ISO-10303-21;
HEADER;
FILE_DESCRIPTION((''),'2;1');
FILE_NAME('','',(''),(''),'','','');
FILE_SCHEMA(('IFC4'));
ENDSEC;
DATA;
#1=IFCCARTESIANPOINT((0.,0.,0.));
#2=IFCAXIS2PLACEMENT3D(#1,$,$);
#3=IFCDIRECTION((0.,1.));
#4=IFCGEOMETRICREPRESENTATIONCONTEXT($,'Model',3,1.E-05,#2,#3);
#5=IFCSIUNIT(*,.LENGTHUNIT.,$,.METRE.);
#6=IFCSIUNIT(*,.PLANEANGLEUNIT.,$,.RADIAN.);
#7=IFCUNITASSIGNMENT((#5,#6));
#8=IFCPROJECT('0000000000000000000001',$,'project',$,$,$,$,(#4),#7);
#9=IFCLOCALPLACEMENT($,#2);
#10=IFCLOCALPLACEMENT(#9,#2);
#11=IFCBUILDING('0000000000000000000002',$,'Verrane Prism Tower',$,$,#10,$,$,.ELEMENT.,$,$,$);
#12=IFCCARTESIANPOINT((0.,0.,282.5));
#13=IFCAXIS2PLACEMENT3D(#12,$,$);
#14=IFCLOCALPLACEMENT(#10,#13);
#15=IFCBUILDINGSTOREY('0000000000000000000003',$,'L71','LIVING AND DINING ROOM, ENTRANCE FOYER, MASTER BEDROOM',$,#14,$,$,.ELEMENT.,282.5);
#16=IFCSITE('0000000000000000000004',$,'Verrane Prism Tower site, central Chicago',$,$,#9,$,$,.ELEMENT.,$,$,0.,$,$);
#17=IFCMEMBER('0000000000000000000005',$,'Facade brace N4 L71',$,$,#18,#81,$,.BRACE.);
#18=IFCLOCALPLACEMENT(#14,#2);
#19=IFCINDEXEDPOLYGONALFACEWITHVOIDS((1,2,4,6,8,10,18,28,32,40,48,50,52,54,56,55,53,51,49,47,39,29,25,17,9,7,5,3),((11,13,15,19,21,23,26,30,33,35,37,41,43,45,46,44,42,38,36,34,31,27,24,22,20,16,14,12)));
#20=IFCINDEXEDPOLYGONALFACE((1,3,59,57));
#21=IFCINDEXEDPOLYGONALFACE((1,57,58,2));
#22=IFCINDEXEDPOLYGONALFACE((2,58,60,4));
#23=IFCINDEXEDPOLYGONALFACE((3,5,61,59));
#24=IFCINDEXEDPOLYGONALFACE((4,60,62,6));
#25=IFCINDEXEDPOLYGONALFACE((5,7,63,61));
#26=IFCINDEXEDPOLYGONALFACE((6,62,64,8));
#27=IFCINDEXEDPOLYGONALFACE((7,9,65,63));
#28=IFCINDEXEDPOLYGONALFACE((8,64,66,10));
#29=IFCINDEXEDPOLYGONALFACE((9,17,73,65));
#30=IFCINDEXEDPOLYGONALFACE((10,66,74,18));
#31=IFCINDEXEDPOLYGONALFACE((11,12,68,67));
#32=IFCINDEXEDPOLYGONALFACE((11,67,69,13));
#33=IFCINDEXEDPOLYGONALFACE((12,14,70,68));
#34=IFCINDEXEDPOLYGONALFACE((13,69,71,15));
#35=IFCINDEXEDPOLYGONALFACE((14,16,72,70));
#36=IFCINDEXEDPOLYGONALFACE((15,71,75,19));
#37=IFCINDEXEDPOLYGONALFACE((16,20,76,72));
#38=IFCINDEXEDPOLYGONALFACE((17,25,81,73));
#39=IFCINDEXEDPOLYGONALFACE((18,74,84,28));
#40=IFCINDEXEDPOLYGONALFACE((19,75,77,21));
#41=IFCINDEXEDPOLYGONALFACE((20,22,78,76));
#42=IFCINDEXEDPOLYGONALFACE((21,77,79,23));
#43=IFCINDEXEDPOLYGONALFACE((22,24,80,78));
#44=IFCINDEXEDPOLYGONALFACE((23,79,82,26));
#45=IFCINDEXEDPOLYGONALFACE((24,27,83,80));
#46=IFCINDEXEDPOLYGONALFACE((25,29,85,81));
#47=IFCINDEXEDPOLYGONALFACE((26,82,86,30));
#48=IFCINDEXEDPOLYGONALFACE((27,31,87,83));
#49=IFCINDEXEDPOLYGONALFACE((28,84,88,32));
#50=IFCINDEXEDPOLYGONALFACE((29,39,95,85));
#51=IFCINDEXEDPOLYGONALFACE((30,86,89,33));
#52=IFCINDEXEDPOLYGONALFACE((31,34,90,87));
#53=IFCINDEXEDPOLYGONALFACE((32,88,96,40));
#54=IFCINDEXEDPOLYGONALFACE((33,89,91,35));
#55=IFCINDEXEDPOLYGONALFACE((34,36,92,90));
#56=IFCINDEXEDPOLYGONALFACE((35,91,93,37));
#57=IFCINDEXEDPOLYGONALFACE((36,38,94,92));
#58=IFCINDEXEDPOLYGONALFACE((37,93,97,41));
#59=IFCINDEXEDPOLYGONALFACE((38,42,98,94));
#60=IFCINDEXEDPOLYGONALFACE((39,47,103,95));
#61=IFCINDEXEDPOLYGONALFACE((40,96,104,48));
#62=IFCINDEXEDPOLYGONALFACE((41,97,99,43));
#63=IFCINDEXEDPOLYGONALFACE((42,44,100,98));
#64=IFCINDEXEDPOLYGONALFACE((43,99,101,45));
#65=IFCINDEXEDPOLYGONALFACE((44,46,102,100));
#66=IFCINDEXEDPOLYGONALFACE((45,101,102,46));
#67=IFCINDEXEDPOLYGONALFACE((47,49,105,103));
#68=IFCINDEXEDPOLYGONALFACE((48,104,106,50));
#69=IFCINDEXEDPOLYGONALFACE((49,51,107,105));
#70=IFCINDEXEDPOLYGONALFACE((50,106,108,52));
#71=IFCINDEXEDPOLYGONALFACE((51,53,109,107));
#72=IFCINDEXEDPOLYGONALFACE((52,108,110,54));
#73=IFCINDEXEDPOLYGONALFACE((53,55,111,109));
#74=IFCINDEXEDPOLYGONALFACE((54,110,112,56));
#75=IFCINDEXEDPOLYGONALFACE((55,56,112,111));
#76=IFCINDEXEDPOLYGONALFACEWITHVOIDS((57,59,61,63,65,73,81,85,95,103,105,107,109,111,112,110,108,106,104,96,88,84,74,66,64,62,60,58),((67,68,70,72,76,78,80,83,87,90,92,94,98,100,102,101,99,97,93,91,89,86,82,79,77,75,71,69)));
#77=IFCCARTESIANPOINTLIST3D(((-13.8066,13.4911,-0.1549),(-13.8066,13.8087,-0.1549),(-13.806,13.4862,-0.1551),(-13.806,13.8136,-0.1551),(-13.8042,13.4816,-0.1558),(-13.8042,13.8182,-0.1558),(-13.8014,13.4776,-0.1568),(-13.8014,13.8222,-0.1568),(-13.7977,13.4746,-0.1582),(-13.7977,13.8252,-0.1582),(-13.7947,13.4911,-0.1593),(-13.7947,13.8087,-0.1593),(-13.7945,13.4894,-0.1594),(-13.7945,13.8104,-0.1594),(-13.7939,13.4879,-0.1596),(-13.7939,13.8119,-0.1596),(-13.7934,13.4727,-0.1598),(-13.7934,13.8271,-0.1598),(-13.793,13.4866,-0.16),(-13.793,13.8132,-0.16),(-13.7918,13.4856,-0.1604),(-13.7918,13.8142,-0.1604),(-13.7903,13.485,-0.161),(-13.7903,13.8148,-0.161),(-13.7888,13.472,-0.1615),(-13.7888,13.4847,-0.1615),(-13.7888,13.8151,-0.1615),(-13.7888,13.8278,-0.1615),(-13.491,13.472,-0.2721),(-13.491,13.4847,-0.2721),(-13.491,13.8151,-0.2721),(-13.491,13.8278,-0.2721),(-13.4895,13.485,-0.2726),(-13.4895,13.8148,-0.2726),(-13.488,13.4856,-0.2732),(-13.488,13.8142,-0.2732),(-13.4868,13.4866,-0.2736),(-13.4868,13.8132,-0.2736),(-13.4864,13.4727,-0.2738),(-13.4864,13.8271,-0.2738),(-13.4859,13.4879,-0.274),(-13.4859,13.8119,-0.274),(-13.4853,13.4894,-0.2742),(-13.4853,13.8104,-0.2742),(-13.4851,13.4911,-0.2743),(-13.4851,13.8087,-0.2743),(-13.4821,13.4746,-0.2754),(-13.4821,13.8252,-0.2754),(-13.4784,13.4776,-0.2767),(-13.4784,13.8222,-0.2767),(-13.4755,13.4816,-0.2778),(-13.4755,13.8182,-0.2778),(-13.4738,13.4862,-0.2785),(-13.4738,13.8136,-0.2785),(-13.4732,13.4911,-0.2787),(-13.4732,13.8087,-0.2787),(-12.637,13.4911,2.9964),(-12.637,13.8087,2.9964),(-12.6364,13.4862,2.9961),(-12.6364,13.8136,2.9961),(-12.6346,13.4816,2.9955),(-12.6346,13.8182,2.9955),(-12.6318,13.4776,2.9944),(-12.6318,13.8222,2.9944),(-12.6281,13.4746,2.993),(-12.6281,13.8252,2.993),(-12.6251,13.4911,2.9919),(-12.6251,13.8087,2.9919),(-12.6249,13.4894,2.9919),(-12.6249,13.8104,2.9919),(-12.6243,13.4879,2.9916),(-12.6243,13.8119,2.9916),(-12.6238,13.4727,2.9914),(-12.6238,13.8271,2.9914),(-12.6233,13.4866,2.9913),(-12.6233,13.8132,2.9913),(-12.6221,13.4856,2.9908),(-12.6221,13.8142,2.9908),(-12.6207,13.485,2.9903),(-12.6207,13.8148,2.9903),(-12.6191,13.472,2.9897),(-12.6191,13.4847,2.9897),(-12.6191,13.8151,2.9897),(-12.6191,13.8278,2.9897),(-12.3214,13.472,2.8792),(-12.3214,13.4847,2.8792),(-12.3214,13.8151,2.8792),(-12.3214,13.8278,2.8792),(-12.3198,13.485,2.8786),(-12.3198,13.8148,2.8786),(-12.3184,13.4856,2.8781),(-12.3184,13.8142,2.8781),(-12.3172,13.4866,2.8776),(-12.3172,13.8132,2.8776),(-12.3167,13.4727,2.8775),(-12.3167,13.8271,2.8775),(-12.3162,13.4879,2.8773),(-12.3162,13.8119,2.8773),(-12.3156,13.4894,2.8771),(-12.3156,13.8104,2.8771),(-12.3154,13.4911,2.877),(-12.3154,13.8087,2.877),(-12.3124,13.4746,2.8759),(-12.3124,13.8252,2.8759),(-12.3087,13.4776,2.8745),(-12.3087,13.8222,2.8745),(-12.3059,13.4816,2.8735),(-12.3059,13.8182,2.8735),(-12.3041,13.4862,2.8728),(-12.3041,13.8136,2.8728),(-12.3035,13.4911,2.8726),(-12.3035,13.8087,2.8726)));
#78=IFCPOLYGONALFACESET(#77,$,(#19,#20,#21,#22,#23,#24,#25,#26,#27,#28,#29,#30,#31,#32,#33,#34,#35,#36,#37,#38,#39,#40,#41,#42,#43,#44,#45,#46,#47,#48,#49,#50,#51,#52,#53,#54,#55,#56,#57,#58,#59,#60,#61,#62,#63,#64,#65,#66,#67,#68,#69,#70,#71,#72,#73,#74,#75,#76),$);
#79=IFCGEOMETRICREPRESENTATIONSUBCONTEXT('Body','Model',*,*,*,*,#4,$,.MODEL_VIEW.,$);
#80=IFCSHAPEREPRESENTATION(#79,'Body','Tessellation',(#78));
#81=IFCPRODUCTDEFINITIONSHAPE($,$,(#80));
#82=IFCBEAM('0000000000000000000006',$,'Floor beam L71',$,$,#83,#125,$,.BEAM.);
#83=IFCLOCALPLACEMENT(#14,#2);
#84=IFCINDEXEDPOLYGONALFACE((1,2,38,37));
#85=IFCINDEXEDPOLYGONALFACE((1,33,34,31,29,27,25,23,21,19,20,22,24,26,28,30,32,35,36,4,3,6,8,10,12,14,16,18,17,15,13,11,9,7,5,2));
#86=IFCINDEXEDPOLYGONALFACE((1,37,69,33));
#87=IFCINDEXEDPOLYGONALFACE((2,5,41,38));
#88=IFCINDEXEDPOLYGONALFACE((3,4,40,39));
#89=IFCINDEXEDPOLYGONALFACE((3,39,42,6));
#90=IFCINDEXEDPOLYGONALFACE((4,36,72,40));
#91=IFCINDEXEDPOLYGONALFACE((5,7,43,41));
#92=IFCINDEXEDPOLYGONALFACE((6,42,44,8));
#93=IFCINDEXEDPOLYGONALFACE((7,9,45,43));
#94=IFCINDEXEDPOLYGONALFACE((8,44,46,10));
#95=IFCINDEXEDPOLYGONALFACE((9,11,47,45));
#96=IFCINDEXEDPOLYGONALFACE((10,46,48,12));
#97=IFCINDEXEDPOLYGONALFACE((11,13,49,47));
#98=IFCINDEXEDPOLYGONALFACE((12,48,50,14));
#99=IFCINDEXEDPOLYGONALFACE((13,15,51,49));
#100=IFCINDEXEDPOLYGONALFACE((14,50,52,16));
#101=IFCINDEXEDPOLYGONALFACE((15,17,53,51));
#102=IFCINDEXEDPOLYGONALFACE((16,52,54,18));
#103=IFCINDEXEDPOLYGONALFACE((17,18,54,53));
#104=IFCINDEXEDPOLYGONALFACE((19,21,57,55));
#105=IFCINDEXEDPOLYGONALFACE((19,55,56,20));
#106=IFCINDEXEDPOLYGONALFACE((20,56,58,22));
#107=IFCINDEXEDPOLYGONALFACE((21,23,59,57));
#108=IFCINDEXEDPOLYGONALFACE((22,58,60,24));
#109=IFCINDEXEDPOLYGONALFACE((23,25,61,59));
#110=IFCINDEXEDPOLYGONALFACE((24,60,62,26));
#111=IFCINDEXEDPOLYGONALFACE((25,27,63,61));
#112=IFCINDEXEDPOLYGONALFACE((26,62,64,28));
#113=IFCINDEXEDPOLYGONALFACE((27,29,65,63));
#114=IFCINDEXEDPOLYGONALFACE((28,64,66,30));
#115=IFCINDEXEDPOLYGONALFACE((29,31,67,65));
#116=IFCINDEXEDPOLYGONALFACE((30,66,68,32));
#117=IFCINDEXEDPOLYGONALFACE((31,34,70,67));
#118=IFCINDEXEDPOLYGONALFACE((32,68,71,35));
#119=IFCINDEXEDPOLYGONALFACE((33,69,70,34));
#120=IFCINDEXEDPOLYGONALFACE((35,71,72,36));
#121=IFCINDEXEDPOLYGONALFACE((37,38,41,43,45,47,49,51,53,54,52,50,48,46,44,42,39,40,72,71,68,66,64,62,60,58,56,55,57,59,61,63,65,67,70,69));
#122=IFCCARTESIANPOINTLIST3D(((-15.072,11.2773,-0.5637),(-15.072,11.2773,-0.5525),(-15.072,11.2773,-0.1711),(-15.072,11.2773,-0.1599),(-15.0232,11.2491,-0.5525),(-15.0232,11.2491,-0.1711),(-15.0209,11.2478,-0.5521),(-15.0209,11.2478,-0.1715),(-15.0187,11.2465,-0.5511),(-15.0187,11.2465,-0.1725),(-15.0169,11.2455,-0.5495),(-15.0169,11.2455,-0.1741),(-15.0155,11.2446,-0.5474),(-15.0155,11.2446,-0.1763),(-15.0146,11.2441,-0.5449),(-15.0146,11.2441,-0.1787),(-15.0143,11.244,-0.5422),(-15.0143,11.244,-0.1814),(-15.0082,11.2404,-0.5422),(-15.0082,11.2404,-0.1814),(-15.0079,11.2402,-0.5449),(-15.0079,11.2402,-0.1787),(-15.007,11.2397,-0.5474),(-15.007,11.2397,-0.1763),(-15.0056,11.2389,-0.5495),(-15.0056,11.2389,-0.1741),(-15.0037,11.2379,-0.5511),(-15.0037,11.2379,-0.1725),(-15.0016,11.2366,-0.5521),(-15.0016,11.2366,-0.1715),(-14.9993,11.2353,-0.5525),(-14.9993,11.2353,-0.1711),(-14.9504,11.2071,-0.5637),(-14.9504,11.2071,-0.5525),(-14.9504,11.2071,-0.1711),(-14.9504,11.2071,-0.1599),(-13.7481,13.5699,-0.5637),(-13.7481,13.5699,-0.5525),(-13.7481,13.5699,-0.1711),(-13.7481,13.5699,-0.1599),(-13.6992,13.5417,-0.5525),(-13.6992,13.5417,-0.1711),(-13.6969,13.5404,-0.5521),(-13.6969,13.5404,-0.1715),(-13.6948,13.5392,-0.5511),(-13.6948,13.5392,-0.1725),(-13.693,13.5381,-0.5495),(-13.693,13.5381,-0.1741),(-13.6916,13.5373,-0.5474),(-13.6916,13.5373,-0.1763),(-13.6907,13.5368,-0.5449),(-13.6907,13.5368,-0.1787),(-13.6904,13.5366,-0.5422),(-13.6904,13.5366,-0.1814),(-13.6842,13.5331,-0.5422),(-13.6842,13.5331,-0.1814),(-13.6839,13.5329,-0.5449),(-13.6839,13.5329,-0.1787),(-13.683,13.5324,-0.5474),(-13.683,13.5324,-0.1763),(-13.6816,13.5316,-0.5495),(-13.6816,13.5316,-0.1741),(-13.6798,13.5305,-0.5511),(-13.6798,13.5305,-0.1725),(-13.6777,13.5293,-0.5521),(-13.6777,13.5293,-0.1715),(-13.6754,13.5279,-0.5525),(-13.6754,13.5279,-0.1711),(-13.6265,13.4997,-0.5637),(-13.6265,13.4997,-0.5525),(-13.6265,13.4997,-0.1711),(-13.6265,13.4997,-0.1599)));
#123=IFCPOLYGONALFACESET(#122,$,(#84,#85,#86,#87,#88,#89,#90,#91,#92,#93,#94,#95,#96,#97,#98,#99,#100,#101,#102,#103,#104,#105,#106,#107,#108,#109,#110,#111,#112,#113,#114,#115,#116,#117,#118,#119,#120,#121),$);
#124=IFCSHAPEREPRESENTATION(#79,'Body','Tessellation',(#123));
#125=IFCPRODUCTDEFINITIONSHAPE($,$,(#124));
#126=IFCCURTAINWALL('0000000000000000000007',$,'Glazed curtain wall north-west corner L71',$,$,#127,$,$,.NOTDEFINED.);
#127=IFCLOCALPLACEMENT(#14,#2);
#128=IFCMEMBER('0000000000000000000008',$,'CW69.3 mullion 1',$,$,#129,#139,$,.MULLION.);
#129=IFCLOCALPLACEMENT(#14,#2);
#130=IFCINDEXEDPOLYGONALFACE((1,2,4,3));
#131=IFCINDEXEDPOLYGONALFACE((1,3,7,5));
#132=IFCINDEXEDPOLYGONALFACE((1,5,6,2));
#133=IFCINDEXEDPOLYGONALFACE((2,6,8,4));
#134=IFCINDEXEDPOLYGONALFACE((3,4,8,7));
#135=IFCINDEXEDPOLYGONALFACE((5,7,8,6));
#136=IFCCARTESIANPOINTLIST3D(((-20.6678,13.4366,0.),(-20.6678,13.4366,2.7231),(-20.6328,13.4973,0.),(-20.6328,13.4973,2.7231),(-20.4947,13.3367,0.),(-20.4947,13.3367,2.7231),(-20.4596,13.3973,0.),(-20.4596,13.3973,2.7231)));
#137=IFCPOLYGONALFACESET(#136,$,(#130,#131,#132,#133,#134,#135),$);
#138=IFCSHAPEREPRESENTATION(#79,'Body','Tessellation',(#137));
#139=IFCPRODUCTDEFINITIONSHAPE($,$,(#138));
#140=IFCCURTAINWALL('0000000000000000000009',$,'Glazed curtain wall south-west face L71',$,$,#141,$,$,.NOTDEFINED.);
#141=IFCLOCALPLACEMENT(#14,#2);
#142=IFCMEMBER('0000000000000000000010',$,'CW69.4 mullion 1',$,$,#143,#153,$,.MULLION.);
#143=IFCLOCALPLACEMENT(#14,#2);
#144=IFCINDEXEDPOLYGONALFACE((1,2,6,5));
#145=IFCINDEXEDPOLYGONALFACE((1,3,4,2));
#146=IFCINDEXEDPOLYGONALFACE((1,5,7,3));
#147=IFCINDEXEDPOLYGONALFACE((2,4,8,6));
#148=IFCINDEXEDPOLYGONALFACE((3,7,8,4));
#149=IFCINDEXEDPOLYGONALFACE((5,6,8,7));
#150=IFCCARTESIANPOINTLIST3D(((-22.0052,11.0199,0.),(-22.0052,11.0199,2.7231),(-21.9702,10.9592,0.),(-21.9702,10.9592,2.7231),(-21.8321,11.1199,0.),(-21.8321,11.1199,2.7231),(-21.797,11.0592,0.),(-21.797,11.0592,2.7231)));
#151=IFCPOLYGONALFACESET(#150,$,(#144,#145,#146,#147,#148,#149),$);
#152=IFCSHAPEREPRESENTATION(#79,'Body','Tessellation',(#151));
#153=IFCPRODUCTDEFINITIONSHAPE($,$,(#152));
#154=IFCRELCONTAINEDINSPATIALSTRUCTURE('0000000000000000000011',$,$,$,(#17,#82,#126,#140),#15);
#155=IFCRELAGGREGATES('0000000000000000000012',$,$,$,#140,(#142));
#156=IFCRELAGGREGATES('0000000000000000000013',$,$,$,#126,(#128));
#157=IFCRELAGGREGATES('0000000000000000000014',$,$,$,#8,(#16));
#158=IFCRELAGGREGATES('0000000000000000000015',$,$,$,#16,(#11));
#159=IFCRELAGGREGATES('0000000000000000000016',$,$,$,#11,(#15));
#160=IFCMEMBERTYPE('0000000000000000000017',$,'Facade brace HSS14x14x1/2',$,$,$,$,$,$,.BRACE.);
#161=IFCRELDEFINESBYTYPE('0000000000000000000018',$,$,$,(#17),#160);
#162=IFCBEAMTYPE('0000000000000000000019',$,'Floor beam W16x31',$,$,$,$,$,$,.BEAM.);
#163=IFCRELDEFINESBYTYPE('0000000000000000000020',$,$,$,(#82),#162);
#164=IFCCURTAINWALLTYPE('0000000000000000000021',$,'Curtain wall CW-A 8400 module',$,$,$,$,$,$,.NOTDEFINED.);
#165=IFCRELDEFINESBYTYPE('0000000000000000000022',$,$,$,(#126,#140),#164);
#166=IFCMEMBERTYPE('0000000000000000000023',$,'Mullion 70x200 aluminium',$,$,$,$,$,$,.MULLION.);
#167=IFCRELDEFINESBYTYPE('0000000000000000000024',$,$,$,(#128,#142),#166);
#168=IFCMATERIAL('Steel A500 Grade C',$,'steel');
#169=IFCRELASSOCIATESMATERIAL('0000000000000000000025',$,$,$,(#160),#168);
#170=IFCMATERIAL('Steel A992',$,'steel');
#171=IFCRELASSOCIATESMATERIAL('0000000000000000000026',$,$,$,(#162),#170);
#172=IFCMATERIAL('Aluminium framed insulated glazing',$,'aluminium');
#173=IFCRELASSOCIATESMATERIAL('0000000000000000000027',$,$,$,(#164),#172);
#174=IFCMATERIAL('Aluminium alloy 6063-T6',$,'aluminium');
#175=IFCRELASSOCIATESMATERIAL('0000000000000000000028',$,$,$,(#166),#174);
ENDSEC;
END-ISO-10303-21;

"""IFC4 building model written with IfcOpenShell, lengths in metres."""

from ifc_helpers import new_model, si_unit, direction, frame, origin, origin_2d, place, context, subcontext, project, spatial, rectangle, hollow_rectangle, i_section, extrude, material, material_profile, profile_set, type_object, element, aggregate, save


model = new_model("IFC4")

# Units and contexts
model_context = context("Model", 3, precision=1e-05, world=origin(), true_north=direction((0.0, 1.0)))
body_context = subcontext(model_context, "Body", "Model", "MODEL_VIEW")
ifc_project = project(units=[si_unit("LENGTHUNIT", "METRE"), si_unit("PLANEANGLEUNIT", "RADIAN")], contexts=[model_context])

# Site, building, storey
site_placement = place(None, origin())
site = spatial("IfcSite", under=ifc_project, at=site_placement, Name="Verrane Prism Tower site, central Chicago", CompositionType="ELEMENT", RefElevation=0.0)
building_placement = place(site_placement, origin())
building = spatial("IfcBuilding", under=site, at=building_placement, Name="Verrane Prism Tower", CompositionType="ELEMENT")
storey_placement = place(building_placement, frame((0.0, 0.0, 282.5)))
storey = spatial("IfcBuildingStorey", under=building, at=storey_placement, Name="L71", Description="LIVING AND DINING ROOM, ENTRANCE FOYER, MASTER BEDROOM", CompositionType="ELEMENT", Elevation=282.5)

# Member
ifc_material_1 = material(Name="Steel A500 Grade C", Category="steel")
ifc_material_profile_1 = material_profile(ifc_material_1, hollow_rectangle(XDim=0.3557, YDim=0.3557, WallThickness=0.0127, InnerFilletRadius=0.0063, OuterFilletRadius=0.019, at=origin_2d()), Name="HSS14x14x1/2")
ifc_profile_set_1 = profile_set([ifc_material_profile_1], Name="Steel A500 Grade C")
member_type_1 = type_object("IfcMemberType", Name="Facade brace HSS14x14x1/2", PredefinedType="BRACE", material=ifc_profile_set_1)
member_1_placement = place(storey_placement, frame((-13.6399, 13.6499, -0.2168), z_axis=(0.34797, 0.0, 0.937506), x_axis=(0.0, 1.0, 0.0)))
element("IfcMember", 1, at=member_1_placement, inside=storey, type_object=member_type_1, Name="Facade brace N4 L71", PredefinedType="BRACE", context=body_context, shape_type="SweptSolid", body=[
    extrude(hollow_rectangle(XDim=0.3557, YDim=0.3557, WallThickness=0.0127, InnerFilletRadius=0.0063, OuterFilletRadius=0.019, at=origin_2d()), origin(), (0.0, 0.0, 1.0), 3.3613),
])

# Beam
ifc_material_2 = material(Name="Steel A992", Category="steel")
ifc_material_profile_2 = material_profile(ifc_material_2, i_section(OverallWidth=0.1404, OverallDepth=0.4038, WebThickness=0.0071, FlangeThickness=0.0112, FilletRadius=0.0103, at=origin_2d()), Name="W16x31")
ifc_profile_set_2 = profile_set([ifc_material_profile_2], Name="Steel A992")
beam_type_1 = type_object("IfcBeamType", Name="Floor beam W16x31", PredefinedType="BEAM", material=ifc_profile_set_2)
beam_1_placement = place(storey_placement, frame((-15.0112, 11.2422, -0.3618), z_axis=(0.500076, 0.865981, 0.0), x_axis=(-0.865981, 0.500076, 0.0)))
element("IfcBeam", 2, at=beam_1_placement, inside=storey, type_object=beam_type_1, Name="Floor beam L71", PredefinedType="BEAM", context=body_context, shape_type="SweptSolid", body=[
    extrude(i_section(OverallWidth=0.1404, OverallDepth=0.4038, WebThickness=0.0071, FlangeThickness=0.0112, FilletRadius=0.0103, at=origin_2d()), origin(), (0.0, 0.0, 1.0), 2.6475),
])

# Curtain walls, members
ifc_material_3 = material(Name="Aluminium framed insulated glazing", Category="aluminium")
curtain_wall_type = type_object("IfcCurtainWallType", Name="Curtain wall CW-A 8400 module", PredefinedType="NOTDEFINED", material=ifc_material_3)
curtain_wall_1_placement = place(storey_placement, origin())
curtain_wall_1 = element("IfcCurtainWall", 3, at=curtain_wall_1_placement, inside=storey, type_object=curtain_wall_type, Name="Glazed curtain wall north-west corner L71", PredefinedType="NOTDEFINED")
ifc_material_4 = material(Name="Aluminium alloy 6063-T6", Category="aluminium")
ifc_material_profile_3 = material_profile(ifc_material_4, rectangle(XDim=0.2, YDim=0.0701, at=origin_2d()), Name="Mullion 70x200 aluminium")
ifc_profile_set_3 = profile_set([ifc_material_profile_3], Name="Aluminium alloy 6063-T6")
member_type_2 = type_object("IfcMemberType", Name="Mullion 70x200 aluminium", PredefinedType="MULLION", material=ifc_profile_set_3)
member_2_placement = place(storey_placement, frame((-20.5637, 13.417, 0.0), z_axis=(0.0, 0.0, 1.0), x_axis=(0.866024, -0.500002, 0.0)))
member_2 = element("IfcMember", 4, at=member_2_placement, type_object=member_type_2, Name="CW69.3 mullion 1", PredefinedType="MULLION", context=body_context, shape_type="SweptSolid", body=[
    extrude(rectangle(XDim=0.2, YDim=0.0701, at=origin_2d()), origin(), (0.0, 0.0, 1.0), 2.7231),
])
curtain_wall_2_placement = place(storey_placement, origin())
curtain_wall_2 = element("IfcCurtainWall", 5, at=curtain_wall_2_placement, inside=storey, type_object=curtain_wall_type, Name="Glazed curtain wall south-west face L71", PredefinedType="NOTDEFINED")
member_3_placement = place(storey_placement, frame((-21.9011, 11.0396, 0.0), z_axis=(0.0, 0.0, 1.0), x_axis=(0.866025, 0.500001, 0.0)))
member_3 = element("IfcMember", 6, at=member_3_placement, type_object=member_type_2, Name="CW69.4 mullion 1", PredefinedType="MULLION", context=body_context, shape_type="SweptSolid", body=[
    extrude(rectangle(XDim=0.2, YDim=0.0701, at=origin_2d()), origin(), (0.0, 0.0, 1.0), 2.7231),
])

aggregate(curtain_wall_2, [member_3])

aggregate(curtain_wall_1, [member_2])

save(model, "model.ifc")
